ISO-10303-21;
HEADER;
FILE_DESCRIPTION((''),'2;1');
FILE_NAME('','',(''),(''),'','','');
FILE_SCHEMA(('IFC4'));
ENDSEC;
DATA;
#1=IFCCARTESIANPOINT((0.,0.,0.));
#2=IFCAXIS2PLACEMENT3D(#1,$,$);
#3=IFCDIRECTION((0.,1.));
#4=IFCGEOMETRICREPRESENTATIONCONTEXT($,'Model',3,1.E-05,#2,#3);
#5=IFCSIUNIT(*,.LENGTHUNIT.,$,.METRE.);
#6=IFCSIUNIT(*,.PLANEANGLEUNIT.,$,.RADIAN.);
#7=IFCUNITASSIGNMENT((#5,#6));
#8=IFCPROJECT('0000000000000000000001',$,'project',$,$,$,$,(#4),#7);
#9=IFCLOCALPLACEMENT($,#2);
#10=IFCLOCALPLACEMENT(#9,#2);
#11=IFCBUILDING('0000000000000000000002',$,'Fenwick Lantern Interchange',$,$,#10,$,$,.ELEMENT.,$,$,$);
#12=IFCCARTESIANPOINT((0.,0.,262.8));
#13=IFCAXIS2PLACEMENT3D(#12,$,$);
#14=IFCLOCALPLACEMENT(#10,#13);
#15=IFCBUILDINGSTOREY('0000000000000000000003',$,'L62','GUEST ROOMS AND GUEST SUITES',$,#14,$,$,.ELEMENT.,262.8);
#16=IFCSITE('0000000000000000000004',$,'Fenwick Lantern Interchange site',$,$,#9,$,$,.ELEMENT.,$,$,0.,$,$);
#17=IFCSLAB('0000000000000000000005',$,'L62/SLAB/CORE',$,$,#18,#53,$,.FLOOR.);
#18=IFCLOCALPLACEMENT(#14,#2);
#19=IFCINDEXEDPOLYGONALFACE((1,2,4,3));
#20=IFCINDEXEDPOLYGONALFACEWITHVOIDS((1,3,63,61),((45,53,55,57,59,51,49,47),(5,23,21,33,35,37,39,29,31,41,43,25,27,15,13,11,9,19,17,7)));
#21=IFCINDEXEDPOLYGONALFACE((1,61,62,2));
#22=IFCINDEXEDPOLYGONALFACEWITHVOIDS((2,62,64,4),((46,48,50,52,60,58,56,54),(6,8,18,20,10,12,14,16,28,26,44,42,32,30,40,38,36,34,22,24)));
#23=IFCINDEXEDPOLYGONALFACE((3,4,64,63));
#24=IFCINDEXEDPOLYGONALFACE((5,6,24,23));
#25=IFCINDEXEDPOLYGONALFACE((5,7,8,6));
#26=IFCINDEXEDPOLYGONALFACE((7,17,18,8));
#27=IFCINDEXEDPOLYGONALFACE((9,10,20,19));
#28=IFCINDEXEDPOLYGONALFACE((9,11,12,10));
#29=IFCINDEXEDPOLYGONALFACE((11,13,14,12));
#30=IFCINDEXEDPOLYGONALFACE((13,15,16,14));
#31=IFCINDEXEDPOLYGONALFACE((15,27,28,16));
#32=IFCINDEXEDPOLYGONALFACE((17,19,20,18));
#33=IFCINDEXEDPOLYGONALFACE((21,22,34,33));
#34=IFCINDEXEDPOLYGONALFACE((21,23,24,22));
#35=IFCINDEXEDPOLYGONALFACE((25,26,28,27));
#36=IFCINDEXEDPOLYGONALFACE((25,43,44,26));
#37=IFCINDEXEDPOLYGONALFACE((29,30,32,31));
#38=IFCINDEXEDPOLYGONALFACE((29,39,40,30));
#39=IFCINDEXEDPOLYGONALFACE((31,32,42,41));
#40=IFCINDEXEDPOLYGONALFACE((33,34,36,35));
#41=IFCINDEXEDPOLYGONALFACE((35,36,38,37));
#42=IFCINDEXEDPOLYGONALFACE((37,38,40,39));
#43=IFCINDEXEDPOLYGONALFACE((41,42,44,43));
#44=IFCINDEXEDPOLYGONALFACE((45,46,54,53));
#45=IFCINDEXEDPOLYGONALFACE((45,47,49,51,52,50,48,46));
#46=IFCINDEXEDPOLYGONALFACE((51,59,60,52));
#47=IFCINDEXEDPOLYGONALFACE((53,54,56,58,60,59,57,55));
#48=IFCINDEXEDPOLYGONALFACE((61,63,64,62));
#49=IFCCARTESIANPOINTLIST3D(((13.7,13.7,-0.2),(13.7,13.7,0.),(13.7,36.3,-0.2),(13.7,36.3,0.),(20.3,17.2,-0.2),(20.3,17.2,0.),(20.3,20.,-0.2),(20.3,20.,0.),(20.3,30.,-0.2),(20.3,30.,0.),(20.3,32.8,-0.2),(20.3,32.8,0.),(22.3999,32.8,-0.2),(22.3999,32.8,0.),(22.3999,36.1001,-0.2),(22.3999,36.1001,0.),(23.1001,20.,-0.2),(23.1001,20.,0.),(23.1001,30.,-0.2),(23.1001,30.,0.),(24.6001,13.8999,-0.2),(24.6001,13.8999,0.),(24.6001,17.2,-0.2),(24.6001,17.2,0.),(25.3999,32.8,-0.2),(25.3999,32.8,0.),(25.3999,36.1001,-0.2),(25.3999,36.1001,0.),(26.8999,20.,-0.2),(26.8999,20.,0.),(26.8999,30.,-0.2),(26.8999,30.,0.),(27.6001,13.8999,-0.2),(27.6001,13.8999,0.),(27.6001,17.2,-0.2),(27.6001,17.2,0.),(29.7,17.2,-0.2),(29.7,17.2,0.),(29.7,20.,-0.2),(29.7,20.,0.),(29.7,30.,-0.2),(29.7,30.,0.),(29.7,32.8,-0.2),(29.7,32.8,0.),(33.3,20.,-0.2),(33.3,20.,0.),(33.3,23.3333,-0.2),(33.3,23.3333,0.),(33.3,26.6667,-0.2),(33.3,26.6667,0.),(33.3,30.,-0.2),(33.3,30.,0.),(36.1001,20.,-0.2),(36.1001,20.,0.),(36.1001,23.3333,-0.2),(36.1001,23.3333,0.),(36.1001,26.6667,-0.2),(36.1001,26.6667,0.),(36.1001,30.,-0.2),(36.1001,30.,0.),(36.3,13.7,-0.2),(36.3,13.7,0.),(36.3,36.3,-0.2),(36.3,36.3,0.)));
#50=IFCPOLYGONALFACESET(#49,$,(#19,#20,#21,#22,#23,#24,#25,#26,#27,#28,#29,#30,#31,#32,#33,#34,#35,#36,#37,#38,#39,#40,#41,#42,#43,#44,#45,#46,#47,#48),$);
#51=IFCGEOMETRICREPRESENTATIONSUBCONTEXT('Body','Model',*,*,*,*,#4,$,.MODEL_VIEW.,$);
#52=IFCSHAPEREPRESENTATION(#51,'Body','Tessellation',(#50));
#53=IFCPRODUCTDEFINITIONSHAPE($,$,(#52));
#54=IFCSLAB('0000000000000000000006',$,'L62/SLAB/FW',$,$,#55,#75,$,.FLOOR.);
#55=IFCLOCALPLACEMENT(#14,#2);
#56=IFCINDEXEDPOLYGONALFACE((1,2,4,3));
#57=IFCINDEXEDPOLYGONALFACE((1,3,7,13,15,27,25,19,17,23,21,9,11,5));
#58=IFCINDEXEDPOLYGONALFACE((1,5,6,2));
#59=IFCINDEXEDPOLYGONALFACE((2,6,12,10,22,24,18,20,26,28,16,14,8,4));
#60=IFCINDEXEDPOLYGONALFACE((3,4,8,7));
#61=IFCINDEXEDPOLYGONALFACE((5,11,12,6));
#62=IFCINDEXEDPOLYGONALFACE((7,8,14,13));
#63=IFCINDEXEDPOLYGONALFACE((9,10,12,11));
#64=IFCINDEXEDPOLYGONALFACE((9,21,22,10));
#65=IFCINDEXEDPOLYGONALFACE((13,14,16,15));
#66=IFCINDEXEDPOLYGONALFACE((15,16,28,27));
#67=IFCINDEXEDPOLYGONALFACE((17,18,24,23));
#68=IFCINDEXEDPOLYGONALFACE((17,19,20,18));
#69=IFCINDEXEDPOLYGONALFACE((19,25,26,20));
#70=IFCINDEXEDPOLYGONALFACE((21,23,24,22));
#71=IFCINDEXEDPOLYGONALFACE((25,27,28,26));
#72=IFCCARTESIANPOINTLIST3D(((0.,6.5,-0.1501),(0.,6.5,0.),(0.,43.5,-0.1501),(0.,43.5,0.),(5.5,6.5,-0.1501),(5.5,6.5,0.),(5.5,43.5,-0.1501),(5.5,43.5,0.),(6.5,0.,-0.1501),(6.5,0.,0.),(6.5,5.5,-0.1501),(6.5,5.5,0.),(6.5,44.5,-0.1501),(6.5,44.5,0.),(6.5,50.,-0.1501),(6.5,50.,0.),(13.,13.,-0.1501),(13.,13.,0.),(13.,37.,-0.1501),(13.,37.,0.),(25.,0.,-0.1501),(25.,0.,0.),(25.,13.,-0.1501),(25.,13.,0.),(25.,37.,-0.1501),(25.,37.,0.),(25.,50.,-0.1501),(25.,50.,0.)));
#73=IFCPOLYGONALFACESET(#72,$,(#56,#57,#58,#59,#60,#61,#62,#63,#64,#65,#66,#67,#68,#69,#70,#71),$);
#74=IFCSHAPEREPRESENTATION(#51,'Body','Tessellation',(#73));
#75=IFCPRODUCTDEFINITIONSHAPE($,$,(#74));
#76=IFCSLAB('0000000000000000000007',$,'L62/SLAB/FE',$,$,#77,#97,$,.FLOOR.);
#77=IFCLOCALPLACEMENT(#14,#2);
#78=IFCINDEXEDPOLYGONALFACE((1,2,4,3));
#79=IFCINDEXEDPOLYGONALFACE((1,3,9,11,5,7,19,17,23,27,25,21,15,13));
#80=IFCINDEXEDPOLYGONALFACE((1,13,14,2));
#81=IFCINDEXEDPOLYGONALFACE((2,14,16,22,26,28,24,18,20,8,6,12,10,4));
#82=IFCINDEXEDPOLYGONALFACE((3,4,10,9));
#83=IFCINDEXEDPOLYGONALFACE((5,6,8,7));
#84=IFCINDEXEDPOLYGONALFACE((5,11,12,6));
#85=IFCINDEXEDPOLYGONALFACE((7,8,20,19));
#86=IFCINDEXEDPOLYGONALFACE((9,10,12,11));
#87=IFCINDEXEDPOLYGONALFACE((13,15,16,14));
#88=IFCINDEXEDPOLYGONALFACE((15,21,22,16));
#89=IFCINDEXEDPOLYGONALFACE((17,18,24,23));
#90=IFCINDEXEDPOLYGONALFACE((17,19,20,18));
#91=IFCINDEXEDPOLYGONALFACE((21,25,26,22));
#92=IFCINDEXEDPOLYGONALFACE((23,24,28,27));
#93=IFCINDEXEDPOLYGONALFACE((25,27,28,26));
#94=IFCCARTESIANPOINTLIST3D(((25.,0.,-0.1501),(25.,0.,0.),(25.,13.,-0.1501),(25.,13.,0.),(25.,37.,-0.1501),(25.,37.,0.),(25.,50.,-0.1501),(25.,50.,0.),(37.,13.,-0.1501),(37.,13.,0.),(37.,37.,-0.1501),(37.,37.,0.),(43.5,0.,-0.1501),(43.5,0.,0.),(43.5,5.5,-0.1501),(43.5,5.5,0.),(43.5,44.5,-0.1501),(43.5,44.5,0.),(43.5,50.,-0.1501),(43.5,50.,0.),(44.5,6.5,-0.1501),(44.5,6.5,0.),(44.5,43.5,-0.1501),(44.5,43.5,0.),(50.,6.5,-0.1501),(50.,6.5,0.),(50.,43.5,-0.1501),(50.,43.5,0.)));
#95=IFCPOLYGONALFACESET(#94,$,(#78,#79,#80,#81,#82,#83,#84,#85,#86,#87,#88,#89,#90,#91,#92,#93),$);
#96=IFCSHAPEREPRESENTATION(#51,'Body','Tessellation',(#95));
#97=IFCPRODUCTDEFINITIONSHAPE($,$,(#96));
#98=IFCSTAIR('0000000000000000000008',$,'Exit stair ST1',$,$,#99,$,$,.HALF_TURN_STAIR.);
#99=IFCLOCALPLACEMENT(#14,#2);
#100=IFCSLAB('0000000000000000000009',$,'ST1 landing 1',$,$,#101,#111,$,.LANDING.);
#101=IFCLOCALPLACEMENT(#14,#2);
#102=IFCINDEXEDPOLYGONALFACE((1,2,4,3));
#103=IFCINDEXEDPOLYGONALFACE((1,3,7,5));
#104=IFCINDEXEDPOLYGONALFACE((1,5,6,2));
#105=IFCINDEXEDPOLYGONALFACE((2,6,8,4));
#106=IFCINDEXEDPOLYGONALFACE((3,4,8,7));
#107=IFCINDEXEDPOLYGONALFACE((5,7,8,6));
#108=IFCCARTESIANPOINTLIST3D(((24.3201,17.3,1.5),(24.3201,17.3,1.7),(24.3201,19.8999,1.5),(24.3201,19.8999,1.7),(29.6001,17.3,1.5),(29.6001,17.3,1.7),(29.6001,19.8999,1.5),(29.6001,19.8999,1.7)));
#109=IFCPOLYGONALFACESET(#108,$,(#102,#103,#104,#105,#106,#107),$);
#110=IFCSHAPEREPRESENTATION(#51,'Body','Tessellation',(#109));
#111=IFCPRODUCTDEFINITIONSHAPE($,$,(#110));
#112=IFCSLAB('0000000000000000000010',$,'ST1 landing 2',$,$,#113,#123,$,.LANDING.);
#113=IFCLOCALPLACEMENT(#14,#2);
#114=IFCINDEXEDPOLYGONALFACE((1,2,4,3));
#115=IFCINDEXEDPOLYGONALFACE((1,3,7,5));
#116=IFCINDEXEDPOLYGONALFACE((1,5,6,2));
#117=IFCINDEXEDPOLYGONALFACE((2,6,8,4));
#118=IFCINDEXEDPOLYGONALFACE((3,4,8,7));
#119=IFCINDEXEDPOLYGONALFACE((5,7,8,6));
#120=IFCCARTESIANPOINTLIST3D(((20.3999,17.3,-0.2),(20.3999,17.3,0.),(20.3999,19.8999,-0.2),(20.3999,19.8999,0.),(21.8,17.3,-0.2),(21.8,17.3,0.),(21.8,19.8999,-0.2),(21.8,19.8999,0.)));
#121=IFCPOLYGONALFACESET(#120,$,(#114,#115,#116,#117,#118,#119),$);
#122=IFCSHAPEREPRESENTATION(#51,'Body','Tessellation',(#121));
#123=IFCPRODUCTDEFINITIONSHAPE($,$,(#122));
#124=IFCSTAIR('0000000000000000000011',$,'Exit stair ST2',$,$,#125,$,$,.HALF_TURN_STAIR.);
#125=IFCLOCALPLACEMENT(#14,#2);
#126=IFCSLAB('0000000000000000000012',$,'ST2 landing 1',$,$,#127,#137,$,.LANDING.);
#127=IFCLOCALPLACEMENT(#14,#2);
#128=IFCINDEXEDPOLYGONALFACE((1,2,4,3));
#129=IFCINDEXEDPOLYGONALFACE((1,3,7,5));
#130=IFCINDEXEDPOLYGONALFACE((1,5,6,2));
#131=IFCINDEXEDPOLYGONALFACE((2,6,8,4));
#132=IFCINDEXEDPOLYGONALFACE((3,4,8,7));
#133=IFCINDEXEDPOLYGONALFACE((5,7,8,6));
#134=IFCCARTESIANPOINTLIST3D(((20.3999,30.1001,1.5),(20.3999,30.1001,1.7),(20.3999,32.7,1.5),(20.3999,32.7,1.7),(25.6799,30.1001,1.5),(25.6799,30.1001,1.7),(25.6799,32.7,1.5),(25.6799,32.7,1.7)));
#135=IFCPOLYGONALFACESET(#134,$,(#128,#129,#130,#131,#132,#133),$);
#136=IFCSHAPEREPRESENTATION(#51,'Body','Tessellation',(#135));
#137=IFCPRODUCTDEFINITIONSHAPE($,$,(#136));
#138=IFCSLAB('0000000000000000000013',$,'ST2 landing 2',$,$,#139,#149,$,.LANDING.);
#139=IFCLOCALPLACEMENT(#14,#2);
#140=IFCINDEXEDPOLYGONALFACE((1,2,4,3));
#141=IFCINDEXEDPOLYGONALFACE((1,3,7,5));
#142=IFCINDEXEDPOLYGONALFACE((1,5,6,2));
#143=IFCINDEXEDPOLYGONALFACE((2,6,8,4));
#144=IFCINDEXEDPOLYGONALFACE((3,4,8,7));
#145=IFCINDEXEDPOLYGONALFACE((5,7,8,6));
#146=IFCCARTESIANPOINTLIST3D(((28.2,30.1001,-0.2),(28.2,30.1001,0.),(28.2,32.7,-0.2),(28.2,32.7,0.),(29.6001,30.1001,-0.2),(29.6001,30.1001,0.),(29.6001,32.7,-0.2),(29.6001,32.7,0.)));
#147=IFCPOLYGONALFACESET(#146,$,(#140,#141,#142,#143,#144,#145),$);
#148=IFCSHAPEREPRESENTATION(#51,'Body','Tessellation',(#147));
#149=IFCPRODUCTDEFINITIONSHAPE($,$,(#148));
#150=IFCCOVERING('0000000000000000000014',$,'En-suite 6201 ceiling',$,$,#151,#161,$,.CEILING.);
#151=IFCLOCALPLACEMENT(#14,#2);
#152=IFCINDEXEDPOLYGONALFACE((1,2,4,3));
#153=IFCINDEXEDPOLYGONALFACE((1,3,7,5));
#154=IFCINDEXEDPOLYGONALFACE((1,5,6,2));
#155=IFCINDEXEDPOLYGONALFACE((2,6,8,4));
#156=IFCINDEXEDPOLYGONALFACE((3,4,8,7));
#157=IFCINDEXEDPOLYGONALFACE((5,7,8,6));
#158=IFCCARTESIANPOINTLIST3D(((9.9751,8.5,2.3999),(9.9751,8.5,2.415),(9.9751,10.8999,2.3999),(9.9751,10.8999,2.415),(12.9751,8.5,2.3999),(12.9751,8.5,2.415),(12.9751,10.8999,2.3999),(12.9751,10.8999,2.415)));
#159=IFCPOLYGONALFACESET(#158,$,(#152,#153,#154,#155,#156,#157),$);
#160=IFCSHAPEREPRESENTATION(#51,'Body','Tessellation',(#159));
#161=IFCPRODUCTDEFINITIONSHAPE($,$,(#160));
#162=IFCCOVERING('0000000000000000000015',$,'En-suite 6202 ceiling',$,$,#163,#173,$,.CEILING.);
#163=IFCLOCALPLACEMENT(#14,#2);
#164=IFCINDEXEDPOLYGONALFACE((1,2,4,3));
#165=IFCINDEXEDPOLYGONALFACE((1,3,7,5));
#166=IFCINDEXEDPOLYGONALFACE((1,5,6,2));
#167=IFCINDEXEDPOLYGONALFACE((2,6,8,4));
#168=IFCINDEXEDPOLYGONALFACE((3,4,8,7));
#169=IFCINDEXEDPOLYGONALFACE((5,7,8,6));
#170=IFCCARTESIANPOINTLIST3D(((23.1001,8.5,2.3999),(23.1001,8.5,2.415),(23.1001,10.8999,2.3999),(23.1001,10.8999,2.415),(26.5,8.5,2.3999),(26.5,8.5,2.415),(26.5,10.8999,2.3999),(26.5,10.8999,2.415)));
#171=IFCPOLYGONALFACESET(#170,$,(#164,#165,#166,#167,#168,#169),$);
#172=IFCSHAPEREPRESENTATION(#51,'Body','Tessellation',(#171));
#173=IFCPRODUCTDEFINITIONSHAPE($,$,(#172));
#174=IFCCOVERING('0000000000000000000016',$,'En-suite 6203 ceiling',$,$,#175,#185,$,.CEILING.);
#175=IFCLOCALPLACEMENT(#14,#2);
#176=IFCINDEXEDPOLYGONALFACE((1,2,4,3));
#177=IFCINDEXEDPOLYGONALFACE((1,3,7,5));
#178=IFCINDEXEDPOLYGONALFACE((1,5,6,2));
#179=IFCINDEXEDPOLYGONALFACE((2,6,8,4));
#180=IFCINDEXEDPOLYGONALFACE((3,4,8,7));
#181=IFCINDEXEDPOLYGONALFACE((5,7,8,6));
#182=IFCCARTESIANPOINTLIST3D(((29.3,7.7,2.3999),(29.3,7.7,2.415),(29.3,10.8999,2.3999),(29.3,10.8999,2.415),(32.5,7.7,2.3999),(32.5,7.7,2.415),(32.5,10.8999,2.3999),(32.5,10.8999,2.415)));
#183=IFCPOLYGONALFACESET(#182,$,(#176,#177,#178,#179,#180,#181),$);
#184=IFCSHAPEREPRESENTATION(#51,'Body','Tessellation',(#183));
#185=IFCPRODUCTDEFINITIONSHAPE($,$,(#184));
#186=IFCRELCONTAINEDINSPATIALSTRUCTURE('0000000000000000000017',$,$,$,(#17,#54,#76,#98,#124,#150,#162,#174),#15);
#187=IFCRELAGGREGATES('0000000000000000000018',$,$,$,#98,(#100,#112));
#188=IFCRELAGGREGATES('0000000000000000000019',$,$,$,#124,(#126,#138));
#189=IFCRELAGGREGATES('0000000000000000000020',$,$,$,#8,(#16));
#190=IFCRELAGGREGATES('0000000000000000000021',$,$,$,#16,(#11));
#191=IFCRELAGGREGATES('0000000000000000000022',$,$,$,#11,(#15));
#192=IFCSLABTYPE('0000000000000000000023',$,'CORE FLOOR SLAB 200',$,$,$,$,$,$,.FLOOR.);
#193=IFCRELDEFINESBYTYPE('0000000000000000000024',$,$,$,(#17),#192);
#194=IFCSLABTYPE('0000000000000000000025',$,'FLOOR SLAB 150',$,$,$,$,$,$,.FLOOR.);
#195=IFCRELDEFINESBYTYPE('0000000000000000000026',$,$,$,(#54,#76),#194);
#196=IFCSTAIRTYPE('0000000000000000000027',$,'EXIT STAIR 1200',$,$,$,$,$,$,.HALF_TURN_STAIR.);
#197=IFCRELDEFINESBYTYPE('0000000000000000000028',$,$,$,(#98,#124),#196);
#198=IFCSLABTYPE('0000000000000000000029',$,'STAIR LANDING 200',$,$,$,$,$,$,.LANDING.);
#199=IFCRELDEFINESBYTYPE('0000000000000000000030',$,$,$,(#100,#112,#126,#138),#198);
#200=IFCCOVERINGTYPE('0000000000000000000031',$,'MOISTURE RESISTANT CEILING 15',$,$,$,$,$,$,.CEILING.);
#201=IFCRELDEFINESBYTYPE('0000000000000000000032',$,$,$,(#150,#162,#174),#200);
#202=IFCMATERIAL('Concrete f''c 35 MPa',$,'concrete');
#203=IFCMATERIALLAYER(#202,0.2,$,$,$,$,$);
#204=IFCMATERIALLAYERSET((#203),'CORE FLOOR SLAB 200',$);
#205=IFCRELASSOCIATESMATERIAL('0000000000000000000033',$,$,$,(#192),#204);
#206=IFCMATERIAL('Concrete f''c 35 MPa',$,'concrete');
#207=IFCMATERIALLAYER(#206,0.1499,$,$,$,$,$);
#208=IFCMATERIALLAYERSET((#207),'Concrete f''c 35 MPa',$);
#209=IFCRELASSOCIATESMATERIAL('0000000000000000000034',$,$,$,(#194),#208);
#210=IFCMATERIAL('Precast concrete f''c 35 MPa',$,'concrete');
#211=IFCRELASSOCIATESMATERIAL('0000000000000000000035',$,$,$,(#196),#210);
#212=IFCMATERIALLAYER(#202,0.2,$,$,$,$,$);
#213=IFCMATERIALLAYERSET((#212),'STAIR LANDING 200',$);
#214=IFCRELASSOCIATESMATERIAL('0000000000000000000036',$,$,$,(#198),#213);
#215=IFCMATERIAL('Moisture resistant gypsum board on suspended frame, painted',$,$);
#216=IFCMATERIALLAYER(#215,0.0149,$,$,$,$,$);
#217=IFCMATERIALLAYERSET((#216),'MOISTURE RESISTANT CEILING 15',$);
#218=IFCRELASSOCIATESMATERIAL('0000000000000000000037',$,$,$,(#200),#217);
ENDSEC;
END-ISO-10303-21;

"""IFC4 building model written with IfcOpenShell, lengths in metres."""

from ifc_helpers import new_model, si_unit, direction, frame, origin, place, context, subcontext, project, spatial, polyline, outline, extrude, material, layer, layer_set, type_object, element, aggregate, save


model = new_model("IFC4")

# Units and contexts
model_context = context("Model", 3, precision=1e-05, world=origin(), true_north=direction((0.0, 1.0)))
body_context = subcontext(model_context, "Body", "Model", "MODEL_VIEW")
ifc_project = project(units=[si_unit("LENGTHUNIT", "METRE"), si_unit("PLANEANGLEUNIT", "RADIAN")], contexts=[model_context])

# Site, building, storey
site_placement = place(None, origin())
site = spatial("IfcSite", under=ifc_project, at=site_placement, Name="Fenwick Lantern Interchange site", CompositionType="ELEMENT", RefElevation=0.0)
building_placement = place(site_placement, origin())
building = spatial("IfcBuilding", under=site, at=building_placement, Name="Fenwick Lantern Interchange", CompositionType="ELEMENT")
storey_placement = place(building_placement, frame((0.0, 0.0, 262.8)))
storey = spatial("IfcBuildingStorey", under=building, at=storey_placement, Name="L62", Description="GUEST ROOMS AND GUEST SUITES", CompositionType="ELEMENT", Elevation=262.8)

# Slabs
ifc_material_1 = material(Name="Concrete f'c 35 MPa", Category="concrete")
ifc_layer_1 = layer(ifc_material_1, 0.2)
ifc_layer_set_1 = layer_set([ifc_layer_1], Name="CORE FLOOR SLAB 200")
slab_type_1 = type_object("IfcSlabType", Name="CORE FLOOR SLAB 200", PredefinedType="FLOOR", material=ifc_layer_set_1)
slab_1_placement = place(storey_placement, frame((0.0, 0.0, -0.2)))
element("IfcSlab", 1, at=slab_1_placement, inside=storey, type_object=slab_type_1, Name="L62/SLAB/CORE", PredefinedType="FLOOR", context=body_context, shape_type="SweptSolid", body=[
    extrude(outline(polyline([(13.7, 36.3), (36.3, 36.3), (36.3, 13.7), (13.7, 13.7), (13.7, 36.3)]), holes=[polyline([(24.6001, 13.8999), (27.6001, 13.8999), (27.6001, 17.2), (29.7, 17.2), (29.7, 20.0), (26.8999, 20.0), (26.8999, 30.0), (29.7, 30.0), (29.7, 32.8), (25.3999, 32.8), (25.3999, 36.1001), (22.3999, 36.1001), (22.3999, 32.8), (20.3, 32.8), (20.3, 30.0), (23.1001, 30.0), (23.1001, 20.0), (20.3, 20.0), (20.3, 17.2), (24.6001, 17.2), (24.6001, 13.8999)]), polyline([(33.3, 20.0), (36.1001, 20.0), (36.1001, 23.3333), (36.1001, 26.6667), (36.1001, 30.0), (33.3, 30.0), (33.3, 26.6667), (33.3, 23.3333), (33.3, 20.0)])]), origin(), (0.0, 0.0, 1.0), 0.2),
])
ifc_material_2 = material(Name="Concrete f'c 35 MPa", Category="concrete")
ifc_layer_2 = layer(ifc_material_2, 0.1499)
ifc_layer_set_2 = layer_set([ifc_layer_2], Name="Concrete f'c 35 MPa")
slab_type_2 = type_object("IfcSlabType", Name="FLOOR SLAB 150", PredefinedType="FLOOR", material=ifc_layer_set_2)
slab_2_placement = place(storey_placement, frame((0.0, 0.0, -0.1501)))
element("IfcSlab", 2, at=slab_2_placement, inside=storey, type_object=slab_type_2, Name="L62/SLAB/FW", PredefinedType="FLOOR", context=body_context, shape_type="SweptSolid", body=[
    extrude(outline(polyline([(6.5, 0.0), (6.5, 5.5), (5.5, 6.5), (0.0, 6.5), (0.0, 43.5), (5.5, 43.5), (6.5, 44.5), (6.5, 50.0), (25.0, 50.0), (25.0, 37.0), (13.0, 37.0), (13.0, 13.0), (25.0, 13.0), (25.0, 0.0), (6.5, 0.0)])), origin(), (0.0, 0.0, 1.0), 0.1501),
])
slab_3_placement = place(storey_placement, frame((0.0, 0.0, -0.1501)))
element("IfcSlab", 3, at=slab_3_placement, inside=storey, type_object=slab_type_2, Name="L62/SLAB/FE", PredefinedType="FLOOR", context=body_context, shape_type="SweptSolid", body=[
    extrude(outline(polyline([(43.5, 50.0), (43.5, 44.5), (44.5, 43.5), (50.0, 43.5), (50.0, 6.5), (44.5, 6.5), (43.5, 5.5), (43.5, 0.0), (25.0, 0.0), (25.0, 13.0), (37.0, 13.0), (37.0, 37.0), (25.0, 37.0), (25.0, 50.0), (43.5, 50.0)])), origin(), (0.0, 0.0, 1.0), 0.1501),
])

# Stairs, slabs
ifc_material_3 = material(Name="Precast concrete f'c 35 MPa", Category="concrete")
stair_type = type_object("IfcStairType", Name="EXIT STAIR 1200", PredefinedType="HALF_TURN_STAIR", material=ifc_material_3)
stair_1_placement = place(storey_placement, origin())
stair_1 = element("IfcStair", 4, at=stair_1_placement, inside=storey, type_object=stair_type, Name="Exit stair ST1", PredefinedType="HALF_TURN_STAIR")
ifc_layer_3 = layer(ifc_material_1, 0.2)
ifc_layer_set_3 = layer_set([ifc_layer_3], Name="STAIR LANDING 200")
slab_type_3 = type_object("IfcSlabType", Name="STAIR LANDING 200", PredefinedType="LANDING", material=ifc_layer_set_3)
slab_4_placement = place(storey_placement, frame((0.0, 0.0, 1.5)))
slab_4 = element("IfcSlab", 5, at=slab_4_placement, type_object=slab_type_3, Name="ST1 landing 1", PredefinedType="LANDING", context=body_context, shape_type="SweptSolid", body=[
    extrude(outline(polyline([(24.3201, 17.3), (29.6001, 17.3), (29.6001, 19.8999), (24.3201, 19.8999), (24.3201, 17.3)])), origin(), (0.0, 0.0, 1.0), 0.2),
])
slab_5_placement = place(storey_placement, frame((0.0, 0.0, -0.2)))
slab_5 = element("IfcSlab", 6, at=slab_5_placement, type_object=slab_type_3, Name="ST1 landing 2", PredefinedType="LANDING", context=body_context, shape_type="SweptSolid", body=[
    extrude(outline(polyline([(20.3999, 17.3), (21.8, 17.3), (21.8, 19.8999), (20.3999, 19.8999), (20.3999, 17.3)])), origin(), (0.0, 0.0, 1.0), 0.2),
])
aggregate(stair_1, [slab_4, slab_5])
stair_2_placement = place(storey_placement, origin())
stair_2 = element("IfcStair", 7, at=stair_2_placement, inside=storey, type_object=stair_type, Name="Exit stair ST2", PredefinedType="HALF_TURN_STAIR")
slab_6_placement = place(storey_placement, frame((0.0, 0.0, 1.5)))
slab_6 = element("IfcSlab", 8, at=slab_6_placement, type_object=slab_type_3, Name="ST2 landing 1", PredefinedType="LANDING", context=body_context, shape_type="SweptSolid", body=[
    extrude(outline(polyline([(25.6799, 32.7), (20.3999, 32.7), (20.3999, 30.1001), (25.6799, 30.1001), (25.6799, 32.7)])), origin(), (0.0, 0.0, 1.0), 0.2),
])
slab_7_placement = place(storey_placement, frame((0.0, 0.0, -0.2)))
slab_7 = element("IfcSlab", 9, at=slab_7_placement, type_object=slab_type_3, Name="ST2 landing 2", PredefinedType="LANDING", context=body_context, shape_type="SweptSolid", body=[
    extrude(outline(polyline([(29.6001, 32.7), (28.2, 32.7), (28.2, 30.1001), (29.6001, 30.1001), (29.6001, 32.7)])), origin(), (0.0, 0.0, 1.0), 0.2),
])
aggregate(stair_2, [slab_6, slab_7])

# Coverings
ifc_material_4 = material(Name="Moisture resistant gypsum board on suspended frame, painted")
ifc_layer_4 = layer(ifc_material_4, 0.0149)
ifc_layer_set_4 = layer_set([ifc_layer_4], Name="MOISTURE RESISTANT CEILING 15")
covering_type_1 = type_object("IfcCoveringType", Name="MOISTURE RESISTANT CEILING 15", PredefinedType="CEILING", material=ifc_layer_set_4)
covering_1_placement = place(storey_placement, frame((0.0, 0.0, 2.3999)))
element("IfcCovering", 10, at=covering_1_placement, inside=storey, type_object=covering_type_1, Name="En-suite 6201 ceiling", PredefinedType="CEILING", context=body_context, shape_type="SweptSolid", body=[
    extrude(outline(polyline([(9.9751, 8.5), (12.9751, 8.5), (12.9751, 10.8999), (9.9751, 10.8999), (9.9751, 8.5)])), origin(), (0.0, 0.0, 1.0), 0.0151),
])
covering_2_placement = place(storey_placement, frame((0.0, 0.0, 2.3999)))
element("IfcCovering", 11, at=covering_2_placement, inside=storey, type_object=covering_type_1, Name="En-suite 6202 ceiling", PredefinedType="CEILING", context=body_context, shape_type="SweptSolid", body=[
    extrude(outline(polyline([(23.1001, 8.5), (26.5, 8.5), (26.5, 10.8999), (23.1001, 10.8999), (23.1001, 8.5)])), origin(), (0.0, 0.0, 1.0), 0.0151),
])
covering_3_placement = place(storey_placement, frame((0.0, 0.0, 2.3999)))
element("IfcCovering", 12, at=covering_3_placement, inside=storey, type_object=covering_type_1, Name="En-suite 6203 ceiling", PredefinedType="CEILING", context=body_context, shape_type="SweptSolid", body=[
    extrude(outline(polyline([(29.3, 7.7), (32.5, 7.7), (32.5, 10.8999), (29.3, 10.8999), (29.3, 7.7)])), origin(), (0.0, 0.0, 1.0), 0.0151),
])

save(model, "model.ifc")
